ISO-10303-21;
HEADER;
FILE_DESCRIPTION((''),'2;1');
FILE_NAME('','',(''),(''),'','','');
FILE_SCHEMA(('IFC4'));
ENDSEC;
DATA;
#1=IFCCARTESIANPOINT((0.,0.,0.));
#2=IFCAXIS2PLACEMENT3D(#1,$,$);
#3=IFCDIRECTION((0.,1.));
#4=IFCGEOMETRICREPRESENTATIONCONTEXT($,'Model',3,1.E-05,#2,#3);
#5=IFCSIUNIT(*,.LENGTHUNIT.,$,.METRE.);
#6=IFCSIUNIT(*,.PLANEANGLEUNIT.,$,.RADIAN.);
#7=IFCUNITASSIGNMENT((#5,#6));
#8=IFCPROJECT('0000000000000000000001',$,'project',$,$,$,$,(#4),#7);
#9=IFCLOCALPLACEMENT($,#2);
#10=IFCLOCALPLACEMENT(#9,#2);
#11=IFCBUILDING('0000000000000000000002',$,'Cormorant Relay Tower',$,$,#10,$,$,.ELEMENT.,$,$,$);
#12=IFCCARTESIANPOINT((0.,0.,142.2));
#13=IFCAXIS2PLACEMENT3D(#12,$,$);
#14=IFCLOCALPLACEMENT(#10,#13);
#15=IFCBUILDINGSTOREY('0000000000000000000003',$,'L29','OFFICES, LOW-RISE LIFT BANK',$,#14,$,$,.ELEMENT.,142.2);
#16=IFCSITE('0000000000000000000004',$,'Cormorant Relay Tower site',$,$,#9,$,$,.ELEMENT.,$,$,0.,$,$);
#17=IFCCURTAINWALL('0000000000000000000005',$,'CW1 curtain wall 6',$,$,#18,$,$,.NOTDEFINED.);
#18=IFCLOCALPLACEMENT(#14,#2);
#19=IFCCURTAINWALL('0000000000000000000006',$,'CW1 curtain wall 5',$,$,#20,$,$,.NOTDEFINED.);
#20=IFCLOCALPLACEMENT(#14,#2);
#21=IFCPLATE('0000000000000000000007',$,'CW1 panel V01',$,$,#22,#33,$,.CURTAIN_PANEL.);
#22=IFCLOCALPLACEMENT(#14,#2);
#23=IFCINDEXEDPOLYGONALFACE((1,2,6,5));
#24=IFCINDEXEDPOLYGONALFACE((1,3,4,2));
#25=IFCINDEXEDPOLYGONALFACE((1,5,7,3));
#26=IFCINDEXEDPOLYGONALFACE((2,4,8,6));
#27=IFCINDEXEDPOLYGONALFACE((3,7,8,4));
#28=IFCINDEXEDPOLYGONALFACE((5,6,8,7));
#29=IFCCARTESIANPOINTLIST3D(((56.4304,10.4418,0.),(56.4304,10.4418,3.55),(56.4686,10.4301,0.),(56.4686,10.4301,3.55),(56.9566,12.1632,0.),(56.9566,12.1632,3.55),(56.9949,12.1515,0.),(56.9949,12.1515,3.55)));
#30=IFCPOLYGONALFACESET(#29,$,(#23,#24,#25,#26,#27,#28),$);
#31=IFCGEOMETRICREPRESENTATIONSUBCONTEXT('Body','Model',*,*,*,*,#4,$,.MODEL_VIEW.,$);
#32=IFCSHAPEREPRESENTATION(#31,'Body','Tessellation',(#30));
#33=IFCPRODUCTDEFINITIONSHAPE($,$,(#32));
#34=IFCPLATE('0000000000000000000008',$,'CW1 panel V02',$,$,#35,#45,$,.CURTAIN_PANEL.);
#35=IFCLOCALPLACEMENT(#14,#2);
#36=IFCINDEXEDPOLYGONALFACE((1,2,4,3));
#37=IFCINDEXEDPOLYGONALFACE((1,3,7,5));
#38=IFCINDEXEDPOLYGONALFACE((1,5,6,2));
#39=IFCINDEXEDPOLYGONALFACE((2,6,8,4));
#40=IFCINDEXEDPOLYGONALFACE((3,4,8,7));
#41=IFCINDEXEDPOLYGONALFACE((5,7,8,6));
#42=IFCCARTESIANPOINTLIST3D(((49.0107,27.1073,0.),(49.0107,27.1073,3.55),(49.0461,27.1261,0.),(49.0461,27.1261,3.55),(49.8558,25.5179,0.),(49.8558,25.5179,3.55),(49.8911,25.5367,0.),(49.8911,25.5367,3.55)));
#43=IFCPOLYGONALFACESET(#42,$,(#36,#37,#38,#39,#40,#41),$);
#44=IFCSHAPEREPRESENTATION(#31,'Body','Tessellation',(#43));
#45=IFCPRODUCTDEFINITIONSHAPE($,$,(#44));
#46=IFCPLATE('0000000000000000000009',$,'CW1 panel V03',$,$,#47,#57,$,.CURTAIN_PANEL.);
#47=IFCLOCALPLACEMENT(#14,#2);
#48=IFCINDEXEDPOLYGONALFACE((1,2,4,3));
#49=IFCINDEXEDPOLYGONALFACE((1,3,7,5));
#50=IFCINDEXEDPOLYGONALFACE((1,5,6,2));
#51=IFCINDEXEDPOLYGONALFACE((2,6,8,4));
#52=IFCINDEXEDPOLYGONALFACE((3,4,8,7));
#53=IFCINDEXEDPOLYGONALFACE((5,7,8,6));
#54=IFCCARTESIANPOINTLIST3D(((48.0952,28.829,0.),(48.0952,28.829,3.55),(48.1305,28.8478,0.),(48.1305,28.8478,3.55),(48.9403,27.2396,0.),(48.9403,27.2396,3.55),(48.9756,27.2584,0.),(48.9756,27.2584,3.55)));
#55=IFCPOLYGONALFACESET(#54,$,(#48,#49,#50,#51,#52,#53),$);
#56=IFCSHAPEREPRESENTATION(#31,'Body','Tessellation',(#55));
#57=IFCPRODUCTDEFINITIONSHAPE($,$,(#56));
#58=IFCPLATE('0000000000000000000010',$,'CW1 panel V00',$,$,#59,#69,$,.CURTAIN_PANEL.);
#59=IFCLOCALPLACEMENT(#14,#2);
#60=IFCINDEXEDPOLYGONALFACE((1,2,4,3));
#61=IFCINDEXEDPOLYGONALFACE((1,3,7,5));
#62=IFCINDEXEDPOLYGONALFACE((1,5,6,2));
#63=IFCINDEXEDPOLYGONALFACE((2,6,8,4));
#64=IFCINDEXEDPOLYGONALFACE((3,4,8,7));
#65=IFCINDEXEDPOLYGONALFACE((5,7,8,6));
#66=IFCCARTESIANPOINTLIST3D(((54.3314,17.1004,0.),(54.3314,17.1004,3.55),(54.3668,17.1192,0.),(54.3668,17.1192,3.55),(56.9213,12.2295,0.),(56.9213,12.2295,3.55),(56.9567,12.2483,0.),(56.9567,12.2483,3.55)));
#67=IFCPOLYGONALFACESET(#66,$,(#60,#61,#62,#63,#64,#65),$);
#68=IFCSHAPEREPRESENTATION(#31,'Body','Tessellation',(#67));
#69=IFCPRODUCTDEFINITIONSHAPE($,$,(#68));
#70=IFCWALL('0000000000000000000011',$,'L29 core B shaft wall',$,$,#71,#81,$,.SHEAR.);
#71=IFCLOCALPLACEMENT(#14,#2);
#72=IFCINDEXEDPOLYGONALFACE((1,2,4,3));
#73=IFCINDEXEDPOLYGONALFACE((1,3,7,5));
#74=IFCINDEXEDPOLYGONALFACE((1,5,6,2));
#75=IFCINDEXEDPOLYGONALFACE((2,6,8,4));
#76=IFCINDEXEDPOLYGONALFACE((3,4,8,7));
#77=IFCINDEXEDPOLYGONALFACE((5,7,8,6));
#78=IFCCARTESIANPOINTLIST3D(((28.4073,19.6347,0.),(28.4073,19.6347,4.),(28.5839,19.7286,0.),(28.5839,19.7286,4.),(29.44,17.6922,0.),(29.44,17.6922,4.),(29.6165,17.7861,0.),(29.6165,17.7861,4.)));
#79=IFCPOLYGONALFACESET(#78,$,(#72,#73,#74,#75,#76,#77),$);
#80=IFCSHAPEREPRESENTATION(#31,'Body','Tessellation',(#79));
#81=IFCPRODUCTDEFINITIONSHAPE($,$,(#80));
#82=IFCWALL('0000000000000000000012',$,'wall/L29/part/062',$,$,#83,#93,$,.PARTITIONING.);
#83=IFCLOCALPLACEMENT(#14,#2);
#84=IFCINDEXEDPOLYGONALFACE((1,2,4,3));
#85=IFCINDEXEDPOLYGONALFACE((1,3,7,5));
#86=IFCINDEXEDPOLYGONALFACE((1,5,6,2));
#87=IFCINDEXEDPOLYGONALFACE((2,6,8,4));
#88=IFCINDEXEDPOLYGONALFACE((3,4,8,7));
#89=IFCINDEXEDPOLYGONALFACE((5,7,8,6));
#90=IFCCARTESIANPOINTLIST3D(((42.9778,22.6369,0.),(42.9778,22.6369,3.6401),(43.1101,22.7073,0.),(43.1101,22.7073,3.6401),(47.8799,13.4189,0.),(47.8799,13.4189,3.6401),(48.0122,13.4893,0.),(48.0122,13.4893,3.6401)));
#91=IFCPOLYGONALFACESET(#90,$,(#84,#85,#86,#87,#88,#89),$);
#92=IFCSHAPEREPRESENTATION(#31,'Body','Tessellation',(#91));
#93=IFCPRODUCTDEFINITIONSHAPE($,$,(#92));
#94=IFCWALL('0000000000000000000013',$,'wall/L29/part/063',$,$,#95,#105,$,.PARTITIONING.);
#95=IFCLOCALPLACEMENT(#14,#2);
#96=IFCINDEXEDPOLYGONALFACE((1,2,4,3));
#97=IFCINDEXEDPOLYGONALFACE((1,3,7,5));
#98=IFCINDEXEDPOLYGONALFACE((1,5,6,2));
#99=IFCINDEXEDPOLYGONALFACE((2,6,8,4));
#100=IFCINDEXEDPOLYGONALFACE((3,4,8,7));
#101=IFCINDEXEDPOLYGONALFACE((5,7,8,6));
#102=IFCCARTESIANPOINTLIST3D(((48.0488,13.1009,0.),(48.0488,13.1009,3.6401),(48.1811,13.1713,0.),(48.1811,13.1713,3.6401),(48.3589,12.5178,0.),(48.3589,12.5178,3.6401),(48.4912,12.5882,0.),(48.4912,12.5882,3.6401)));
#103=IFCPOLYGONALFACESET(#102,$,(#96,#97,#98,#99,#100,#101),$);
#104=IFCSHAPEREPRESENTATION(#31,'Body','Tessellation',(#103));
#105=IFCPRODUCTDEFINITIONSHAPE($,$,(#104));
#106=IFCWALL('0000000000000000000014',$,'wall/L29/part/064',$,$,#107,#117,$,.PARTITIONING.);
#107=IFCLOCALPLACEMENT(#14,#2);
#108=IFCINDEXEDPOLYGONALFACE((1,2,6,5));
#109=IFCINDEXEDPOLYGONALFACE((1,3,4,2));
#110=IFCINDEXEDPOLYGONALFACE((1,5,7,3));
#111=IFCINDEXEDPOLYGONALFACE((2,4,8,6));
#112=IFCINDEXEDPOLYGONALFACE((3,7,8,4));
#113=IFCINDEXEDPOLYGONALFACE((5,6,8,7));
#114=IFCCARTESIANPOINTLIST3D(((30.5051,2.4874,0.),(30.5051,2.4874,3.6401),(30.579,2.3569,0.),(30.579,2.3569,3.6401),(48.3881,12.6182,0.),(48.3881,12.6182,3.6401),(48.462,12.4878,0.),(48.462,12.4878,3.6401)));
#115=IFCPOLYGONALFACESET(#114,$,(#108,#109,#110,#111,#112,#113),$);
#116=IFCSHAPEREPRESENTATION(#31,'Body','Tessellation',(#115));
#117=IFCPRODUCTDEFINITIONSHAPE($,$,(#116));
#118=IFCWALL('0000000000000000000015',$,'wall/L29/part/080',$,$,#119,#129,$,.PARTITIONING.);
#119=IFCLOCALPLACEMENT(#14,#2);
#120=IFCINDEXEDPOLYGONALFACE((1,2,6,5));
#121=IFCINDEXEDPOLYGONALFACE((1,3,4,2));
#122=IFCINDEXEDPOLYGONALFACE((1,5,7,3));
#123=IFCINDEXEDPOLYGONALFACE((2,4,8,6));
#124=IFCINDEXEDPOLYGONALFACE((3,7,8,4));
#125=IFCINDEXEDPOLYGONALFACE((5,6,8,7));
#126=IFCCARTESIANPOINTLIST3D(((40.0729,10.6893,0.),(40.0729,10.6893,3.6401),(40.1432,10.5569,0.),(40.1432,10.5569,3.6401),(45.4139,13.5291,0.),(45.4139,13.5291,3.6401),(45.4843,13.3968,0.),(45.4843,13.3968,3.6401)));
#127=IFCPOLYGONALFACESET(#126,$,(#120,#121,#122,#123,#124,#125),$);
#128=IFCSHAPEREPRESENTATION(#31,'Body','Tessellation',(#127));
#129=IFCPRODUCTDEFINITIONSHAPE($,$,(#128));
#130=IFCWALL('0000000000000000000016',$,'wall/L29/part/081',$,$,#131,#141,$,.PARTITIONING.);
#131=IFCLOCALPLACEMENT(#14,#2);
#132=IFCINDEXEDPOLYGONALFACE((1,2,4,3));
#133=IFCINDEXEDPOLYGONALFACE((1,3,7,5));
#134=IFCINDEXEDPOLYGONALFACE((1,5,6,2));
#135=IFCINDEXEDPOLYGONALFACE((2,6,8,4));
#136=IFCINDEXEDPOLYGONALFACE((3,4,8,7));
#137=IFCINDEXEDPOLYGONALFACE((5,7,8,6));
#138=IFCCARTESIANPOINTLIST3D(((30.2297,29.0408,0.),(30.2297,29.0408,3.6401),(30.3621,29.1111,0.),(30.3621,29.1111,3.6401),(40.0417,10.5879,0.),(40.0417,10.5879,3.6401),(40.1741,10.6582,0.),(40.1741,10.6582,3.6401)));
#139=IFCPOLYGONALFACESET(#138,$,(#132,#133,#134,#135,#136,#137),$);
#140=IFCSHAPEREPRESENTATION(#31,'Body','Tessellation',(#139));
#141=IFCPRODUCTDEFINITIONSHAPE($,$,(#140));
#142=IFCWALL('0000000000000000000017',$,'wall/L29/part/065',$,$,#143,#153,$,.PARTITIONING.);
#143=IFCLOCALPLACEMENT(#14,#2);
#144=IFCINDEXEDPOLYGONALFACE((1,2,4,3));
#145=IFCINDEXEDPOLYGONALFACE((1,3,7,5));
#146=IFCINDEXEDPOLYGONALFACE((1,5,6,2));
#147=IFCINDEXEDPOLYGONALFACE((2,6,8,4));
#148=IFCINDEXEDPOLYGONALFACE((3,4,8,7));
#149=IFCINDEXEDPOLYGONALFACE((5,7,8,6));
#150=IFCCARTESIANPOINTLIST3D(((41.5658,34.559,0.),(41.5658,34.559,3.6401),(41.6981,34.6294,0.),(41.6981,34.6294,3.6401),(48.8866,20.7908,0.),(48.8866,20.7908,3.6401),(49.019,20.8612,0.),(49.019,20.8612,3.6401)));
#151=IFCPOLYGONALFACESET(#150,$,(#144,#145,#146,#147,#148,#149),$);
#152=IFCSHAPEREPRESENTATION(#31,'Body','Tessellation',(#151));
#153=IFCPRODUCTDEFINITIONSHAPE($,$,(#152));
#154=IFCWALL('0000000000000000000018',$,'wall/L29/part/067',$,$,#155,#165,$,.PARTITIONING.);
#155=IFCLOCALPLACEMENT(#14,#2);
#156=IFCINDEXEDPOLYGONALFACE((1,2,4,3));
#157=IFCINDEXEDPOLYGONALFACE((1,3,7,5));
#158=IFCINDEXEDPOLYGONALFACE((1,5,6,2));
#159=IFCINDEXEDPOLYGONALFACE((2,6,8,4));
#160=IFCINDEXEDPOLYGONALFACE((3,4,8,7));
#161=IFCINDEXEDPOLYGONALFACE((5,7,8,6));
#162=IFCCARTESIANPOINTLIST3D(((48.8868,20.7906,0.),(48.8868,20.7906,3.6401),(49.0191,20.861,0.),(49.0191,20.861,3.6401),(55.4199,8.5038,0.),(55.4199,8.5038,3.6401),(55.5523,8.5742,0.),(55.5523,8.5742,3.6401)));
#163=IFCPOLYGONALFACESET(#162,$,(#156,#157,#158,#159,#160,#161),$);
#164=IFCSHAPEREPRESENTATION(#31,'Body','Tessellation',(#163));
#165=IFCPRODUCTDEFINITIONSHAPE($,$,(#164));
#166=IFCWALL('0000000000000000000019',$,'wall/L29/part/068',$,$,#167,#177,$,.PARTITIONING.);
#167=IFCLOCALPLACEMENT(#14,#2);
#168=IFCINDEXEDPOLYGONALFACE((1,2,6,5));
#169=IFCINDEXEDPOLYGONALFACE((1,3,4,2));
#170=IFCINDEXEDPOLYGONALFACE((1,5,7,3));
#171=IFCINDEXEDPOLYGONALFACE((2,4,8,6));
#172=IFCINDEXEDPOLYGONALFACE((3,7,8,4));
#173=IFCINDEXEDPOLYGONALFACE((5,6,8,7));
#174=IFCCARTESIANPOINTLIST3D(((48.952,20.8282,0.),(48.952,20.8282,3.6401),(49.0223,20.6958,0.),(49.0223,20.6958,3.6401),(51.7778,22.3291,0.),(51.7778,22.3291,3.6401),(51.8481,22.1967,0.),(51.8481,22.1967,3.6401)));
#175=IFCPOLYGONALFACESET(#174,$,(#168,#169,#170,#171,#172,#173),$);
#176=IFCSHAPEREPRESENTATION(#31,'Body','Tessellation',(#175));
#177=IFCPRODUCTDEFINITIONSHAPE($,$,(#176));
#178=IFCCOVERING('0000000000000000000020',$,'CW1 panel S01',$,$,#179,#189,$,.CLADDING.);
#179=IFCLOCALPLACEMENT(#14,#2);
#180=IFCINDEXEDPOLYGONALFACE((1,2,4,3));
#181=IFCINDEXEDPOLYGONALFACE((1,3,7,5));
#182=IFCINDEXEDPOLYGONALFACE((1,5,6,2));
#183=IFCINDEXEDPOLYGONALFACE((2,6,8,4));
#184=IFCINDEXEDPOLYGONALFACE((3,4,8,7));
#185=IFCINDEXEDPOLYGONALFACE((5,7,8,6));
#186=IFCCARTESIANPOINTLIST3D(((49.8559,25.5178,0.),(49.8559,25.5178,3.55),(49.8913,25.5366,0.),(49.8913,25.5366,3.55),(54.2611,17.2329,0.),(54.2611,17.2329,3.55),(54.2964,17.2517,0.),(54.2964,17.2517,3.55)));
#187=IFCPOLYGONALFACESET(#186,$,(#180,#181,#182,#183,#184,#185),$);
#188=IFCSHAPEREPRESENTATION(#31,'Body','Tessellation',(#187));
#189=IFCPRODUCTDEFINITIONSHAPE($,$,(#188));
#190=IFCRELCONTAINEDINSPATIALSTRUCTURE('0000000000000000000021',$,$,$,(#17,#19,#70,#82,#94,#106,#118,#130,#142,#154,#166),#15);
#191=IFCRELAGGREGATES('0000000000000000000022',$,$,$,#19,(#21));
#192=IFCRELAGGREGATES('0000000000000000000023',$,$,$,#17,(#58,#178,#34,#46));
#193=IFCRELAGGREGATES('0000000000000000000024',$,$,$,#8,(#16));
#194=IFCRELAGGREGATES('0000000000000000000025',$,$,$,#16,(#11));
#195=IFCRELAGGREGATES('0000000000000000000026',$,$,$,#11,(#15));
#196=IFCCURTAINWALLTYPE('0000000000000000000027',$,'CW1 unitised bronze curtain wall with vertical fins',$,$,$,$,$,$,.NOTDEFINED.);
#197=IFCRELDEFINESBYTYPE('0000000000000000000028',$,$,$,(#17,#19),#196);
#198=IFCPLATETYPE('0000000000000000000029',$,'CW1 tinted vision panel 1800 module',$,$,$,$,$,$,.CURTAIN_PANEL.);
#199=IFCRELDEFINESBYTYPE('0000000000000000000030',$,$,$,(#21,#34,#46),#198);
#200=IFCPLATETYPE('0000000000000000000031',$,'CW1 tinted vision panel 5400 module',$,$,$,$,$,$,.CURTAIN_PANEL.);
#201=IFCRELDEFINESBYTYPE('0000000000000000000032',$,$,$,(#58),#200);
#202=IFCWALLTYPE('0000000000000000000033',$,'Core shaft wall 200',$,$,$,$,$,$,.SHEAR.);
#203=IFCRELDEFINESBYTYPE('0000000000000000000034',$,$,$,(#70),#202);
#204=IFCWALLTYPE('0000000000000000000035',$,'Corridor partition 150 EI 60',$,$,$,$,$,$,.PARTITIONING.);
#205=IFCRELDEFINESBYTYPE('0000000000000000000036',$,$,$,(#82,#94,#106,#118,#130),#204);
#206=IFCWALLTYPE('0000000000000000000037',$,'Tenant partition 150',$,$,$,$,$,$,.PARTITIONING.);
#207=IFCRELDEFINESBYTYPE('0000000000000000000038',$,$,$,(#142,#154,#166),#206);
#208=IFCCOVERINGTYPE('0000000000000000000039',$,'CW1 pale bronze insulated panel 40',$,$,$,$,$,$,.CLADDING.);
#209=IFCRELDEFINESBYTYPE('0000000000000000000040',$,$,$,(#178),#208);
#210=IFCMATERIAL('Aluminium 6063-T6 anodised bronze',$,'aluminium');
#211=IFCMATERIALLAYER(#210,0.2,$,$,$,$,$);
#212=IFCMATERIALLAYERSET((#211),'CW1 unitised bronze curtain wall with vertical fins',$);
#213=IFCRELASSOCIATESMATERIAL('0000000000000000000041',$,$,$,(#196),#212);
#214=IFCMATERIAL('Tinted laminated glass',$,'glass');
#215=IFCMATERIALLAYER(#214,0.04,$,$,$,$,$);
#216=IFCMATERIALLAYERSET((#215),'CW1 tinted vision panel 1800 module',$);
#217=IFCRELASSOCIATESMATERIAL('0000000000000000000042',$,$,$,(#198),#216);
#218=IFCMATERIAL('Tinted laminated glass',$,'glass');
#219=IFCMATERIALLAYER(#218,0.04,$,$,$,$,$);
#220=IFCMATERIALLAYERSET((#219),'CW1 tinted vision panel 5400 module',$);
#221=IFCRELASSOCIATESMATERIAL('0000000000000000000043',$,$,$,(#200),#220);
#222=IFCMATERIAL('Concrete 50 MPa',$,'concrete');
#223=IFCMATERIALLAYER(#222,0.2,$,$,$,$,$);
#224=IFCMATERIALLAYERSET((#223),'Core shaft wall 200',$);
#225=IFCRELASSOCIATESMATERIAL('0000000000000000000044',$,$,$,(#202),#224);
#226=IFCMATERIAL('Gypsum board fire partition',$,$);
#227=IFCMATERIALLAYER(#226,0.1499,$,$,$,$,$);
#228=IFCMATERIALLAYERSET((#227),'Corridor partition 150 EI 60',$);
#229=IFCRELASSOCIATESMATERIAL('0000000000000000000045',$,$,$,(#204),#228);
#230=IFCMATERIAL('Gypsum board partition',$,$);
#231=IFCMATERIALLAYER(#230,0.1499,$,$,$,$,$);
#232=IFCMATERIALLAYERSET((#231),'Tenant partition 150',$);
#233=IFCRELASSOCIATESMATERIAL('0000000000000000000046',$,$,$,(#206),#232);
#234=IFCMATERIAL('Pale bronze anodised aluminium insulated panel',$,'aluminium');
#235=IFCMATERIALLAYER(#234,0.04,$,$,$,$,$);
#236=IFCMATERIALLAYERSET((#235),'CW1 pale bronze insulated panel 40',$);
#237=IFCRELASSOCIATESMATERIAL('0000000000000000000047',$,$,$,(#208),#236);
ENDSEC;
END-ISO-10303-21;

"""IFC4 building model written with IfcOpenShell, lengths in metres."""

from ifc_helpers import new_model, si_unit, direction, frame, frame_2d, origin, origin_2d, place, context, subcontext, project, spatial, rectangle, extrude, material, layer, layer_set, type_object, element, aggregate, save


model = new_model("IFC4")

# Units and contexts
model_context = context("Model", 3, precision=1e-05, world=origin(), true_north=direction((0.0, 1.0)))
body_context = subcontext(model_context, "Body", "Model", "MODEL_VIEW")
ifc_project = project(units=[si_unit("LENGTHUNIT", "METRE"), si_unit("PLANEANGLEUNIT", "RADIAN")], contexts=[model_context])

# Site, building, storey
site_placement = place(None, origin())
site = spatial("IfcSite", under=ifc_project, at=site_placement, Name="Cormorant Relay Tower site", CompositionType="ELEMENT", RefElevation=0.0)
building_placement = place(site_placement, origin())
building = spatial("IfcBuilding", under=site, at=building_placement, Name="Cormorant Relay Tower", CompositionType="ELEMENT")
storey_placement = place(building_placement, frame((0.0, 0.0, 142.2)))
storey = spatial("IfcBuildingStorey", under=building, at=storey_placement, Name="L29", Description="OFFICES, LOW-RISE LIFT BANK", CompositionType="ELEMENT", Elevation=142.2)

# Curtain wall
ifc_material_1 = material(Name="Aluminium 6063-T6 anodised bronze", Category="aluminium")
ifc_layer_1 = layer(ifc_material_1, 0.2)
ifc_layer_set_1 = layer_set([ifc_layer_1], Name="CW1 unitised bronze curtain wall with vertical fins")
curtain_wall_type = type_object("IfcCurtainWallType", Name="CW1 unitised bronze curtain wall with vertical fins", PredefinedType="NOTDEFINED", material=ifc_layer_set_1)
curtain_wall_1_placement = place(storey_placement, origin())
curtain_wall_1 = element("IfcCurtainWall", 1, at=curtain_wall_1_placement, inside=storey, type_object=curtain_wall_type, Name="CW1 curtain wall 6", PredefinedType="NOTDEFINED")

# Curtain wall, plate
curtain_wall_2_placement = place(storey_placement, origin())
curtain_wall_2 = element("IfcCurtainWall", 2, at=curtain_wall_2_placement, inside=storey, type_object=curtain_wall_type, Name="CW1 curtain wall 5", PredefinedType="NOTDEFINED")
ifc_material_2 = material(Name="Tinted laminated glass", Category="glass")
ifc_layer_2 = layer(ifc_material_2, 0.04)
ifc_layer_set_2 = layer_set([ifc_layer_2], Name="CW1 tinted vision panel 1800 module")
plate_type_1 = type_object("IfcPlateType", Name="CW1 tinted vision panel 1800 module", PredefinedType="CURTAIN_PANEL", material=ifc_layer_set_2)
plate_1_placement = place(storey_placement, frame((56.7126, 11.2966, 0.0), z_axis=(0.0, 0.0, 1.0), x_axis=(0.292372, 0.956305, 0.0)))
plate_1 = element("IfcPlate", 3, at=plate_1_placement, type_object=plate_type_1, Name="CW1 panel V01", PredefinedType="CURTAIN_PANEL", context=body_context, shape_type="SweptSolid", body=[
    extrude(rectangle(XDim=1.8, YDim=0.04, at=origin_2d()), origin(), (0.0, 0.0, 1.0), 3.55),
])
aggregate(curtain_wall_2, [plate_1])

# Plates
plate_2_placement = place(storey_placement, frame((49.4509, 26.322, 0.0), z_axis=(0.0, 0.0, 1.0), x_axis=(-0.469472, 0.882948, 0.0)))
plate_2 = element("IfcPlate", 4, at=plate_2_placement, type_object=plate_type_1, Name="CW1 panel V02", PredefinedType="CURTAIN_PANEL", context=body_context, shape_type="SweptSolid", body=[
    extrude(rectangle(XDim=1.8, YDim=0.04, at=origin_2d()), origin(), (0.0, 0.0, 1.0), 3.55),
])
plate_3_placement = place(storey_placement, frame((48.5354, 28.0437, 0.0), z_axis=(0.0, 0.0, 1.0), x_axis=(-0.469472, 0.882948, 0.0)))
plate_3 = element("IfcPlate", 5, at=plate_3_placement, type_object=plate_type_1, Name="CW1 panel V03", PredefinedType="CURTAIN_PANEL", context=body_context, shape_type="SweptSolid", body=[
    extrude(rectangle(XDim=1.8, YDim=0.04, at=origin_2d()), origin(), (0.0, 0.0, 1.0), 3.55),
])
ifc_material_3 = material(Name="Tinted laminated glass", Category="glass")
ifc_layer_3 = layer(ifc_material_3, 0.04)
ifc_layer_set_3 = layer_set([ifc_layer_3], Name="CW1 tinted vision panel 5400 module")
plate_type_2 = type_object("IfcPlateType", Name="CW1 tinted vision panel 5400 module", PredefinedType="CURTAIN_PANEL", material=ifc_layer_set_3)
plate_4_placement = place(storey_placement, frame((55.644, 14.6743, 0.0), z_axis=(0.0, 0.0, 1.0), x_axis=(-0.469472, 0.882948, 0.0)))
plate_4 = element("IfcPlate", 6, at=plate_4_placement, type_object=plate_type_2, Name="CW1 panel V00", PredefinedType="CURTAIN_PANEL", context=body_context, shape_type="SweptSolid", body=[
    extrude(rectangle(XDim=5.5166, YDim=0.04, at=origin_2d()), origin(), (0.0, 0.0, 1.0), 3.55),
])

# Wall
ifc_material_4 = material(Name="Concrete 50 MPa", Category="concrete")
ifc_layer_4 = layer(ifc_material_4, 0.2)
ifc_layer_set_4 = layer_set([ifc_layer_4], Name="Core shaft wall 200")
wall_type_1 = type_object("IfcWallType", Name="Core shaft wall 200", PredefinedType="SHEAR", material=ifc_layer_set_4)
wall_1_placement = place(storey_placement, frame((29.5283, 17.739, 0.0), z_axis=(0.0, 0.0, 1.0), x_axis=(-0.469401, 0.882985, 0.0)))
element("IfcWall", 7, at=wall_1_placement, inside=storey, type_object=wall_type_1, Name="L29 core B shaft wall", PredefinedType="SHEAR", context=body_context, shape_type="SweptSolid", body=[
    extrude(rectangle(XDim=2.2, YDim=0.2, at=frame_2d((1.1001, 0.0))), origin(), (0.0, 0.0, 1.0), 4.0),
])

# Walls
ifc_material_5 = material(Name="Gypsum board fire partition")
ifc_layer_5 = layer(ifc_material_5, 0.1499)
ifc_layer_set_5 = layer_set([ifc_layer_5], Name="Corridor partition 150 EI 60")
wall_type_2 = type_object("IfcWallType", Name="Corridor partition 150 EI 60", PredefinedType="PARTITIONING", material=ifc_layer_set_5)
wall_2_placement = place(storey_placement, frame((43.0439, 22.6721, 0.0), z_axis=(0.0, 0.0, 1.0), x_axis=(0.469531, -0.882916, 0.0)))
element("IfcWall", 8, at=wall_2_placement, inside=storey, type_object=wall_type_2, Name="wall/L29/part/062", PredefinedType="PARTITIONING", context=body_context, shape_type="SweptSolid", body=[
    extrude(rectangle(XDim=10.4404, YDim=0.1499, at=frame_2d((5.2202, 0.0))), origin(), (0.0, 0.0, 1.0), 3.6401),
])
wall_3_placement = place(storey_placement, frame((48.115, 13.136, 0.0), z_axis=(0.0, 0.0, 1.0), x_axis=(0.469552, -0.882905, 0.0)))
element("IfcWall", 9, at=wall_3_placement, inside=storey, type_object=wall_type_2, Name="wall/L29/part/063", PredefinedType="PARTITIONING", context=body_context, shape_type="SweptSolid", body=[
    extrude(rectangle(XDim=0.6604, YDim=0.1499, at=frame_2d((0.3301, 0.0))), origin(), (0.0, 0.0, 1.0), 3.6401),
])
wall_4_placement = place(storey_placement, frame((48.425, 12.553, 0.0), z_axis=(0.0, 0.0, 1.0), x_axis=(-0.870082, -0.492907, 0.0)))
element("IfcWall", 10, at=wall_4_placement, inside=storey, type_object=wall_type_2, Name="wall/L29/part/064", PredefinedType="PARTITIONING", context=body_context, shape_type="SweptSolid", body=[
    extrude(rectangle(XDim=20.5532, YDim=0.1499, at=frame_2d((10.2766, 0.0))), origin(), (0.0, 0.0, 1.0), 3.6401),
])
wall_5_placement = place(storey_placement, frame((45.449, 13.4629, 0.0), z_axis=(0.0, 0.0, 1.0), x_axis=(-0.882951, -0.469465, 0.0)))
element("IfcWall", 11, at=wall_5_placement, inside=storey, type_object=wall_type_2, Name="wall/L29/part/080", PredefinedType="PARTITIONING", context=body_context, shape_type="SweptSolid", body=[
    extrude(rectangle(XDim=6.0491, YDim=0.1499, at=frame_2d((3.0244, 0.0))), origin(), (0.0, 0.0, 1.0), 3.6401),
])
wall_6_placement = place(storey_placement, frame((40.1079, 10.623, 0.0), z_axis=(0.0, 0.0, 1.0), x_axis=(-0.469488, 0.882939, 0.0)))
element("IfcWall", 12, at=wall_6_placement, inside=storey, type_object=wall_type_2, Name="wall/L29/part/081", PredefinedType="PARTITIONING", context=body_context, shape_type="SweptSolid", body=[
    extrude(rectangle(XDim=20.8994, YDim=0.1499, at=frame_2d((10.4497, 0.0))), origin(), (0.0, 0.0, 1.0), 3.6401),
])
ifc_material_6 = material(Name="Gypsum board partition")
ifc_layer_6 = layer(ifc_material_6, 0.1499)
ifc_layer_set_6 = layer_set([ifc_layer_6], Name="Tenant partition 150")
wall_type_3 = type_object("IfcWallType", Name="Tenant partition 150", PredefinedType="PARTITIONING", material=ifc_layer_set_6)
wall_7_placement = place(storey_placement, frame((48.9529, 20.8259, 0.0), z_axis=(0.0, 0.0, 1.0), x_axis=(-0.469481, 0.882943, 0.0)))
element("IfcWall", 13, at=wall_7_placement, inside=storey, type_object=wall_type_3, Name="wall/L29/part/065", PredefinedType="PARTITIONING", context=body_context, shape_type="SweptSolid", body=[
    extrude(rectangle(XDim=15.5935, YDim=0.1499, at=frame_2d((7.7969, 0.0))), origin(), (0.0, 0.0, 1.0), 3.6401),
])
wall_8_placement = place(storey_placement, frame((48.9529, 20.8259, 0.0), z_axis=(0.0, 0.0, 1.0), x_axis=(0.469481, -0.882943, 0.0)))
element("IfcWall", 14, at=wall_8_placement, inside=storey, type_object=wall_type_3, Name="wall/L29/part/067", PredefinedType="PARTITIONING", context=body_context, shape_type="SweptSolid", body=[
    extrude(rectangle(XDim=13.9158, YDim=0.1499, at=frame_2d((6.958, 0.0))), origin(), (0.0, 0.0, 1.0), 3.6401),
])
wall_9_placement = place(storey_placement, frame((51.813, 22.2629, 0.0), z_axis=(0.0, 0.0, 1.0), x_axis=(-0.883154, -0.469083, 0.0)))
element("IfcWall", 15, at=wall_9_placement, inside=storey, type_object=wall_type_3, Name="wall/L29/part/068", PredefinedType="PARTITIONING", context=body_context, shape_type="SweptSolid", body=[
    extrude(rectangle(XDim=3.1997, YDim=0.1499, at=frame_2d((1.5999, 0.0))), origin(), (0.0, 0.0, 1.0), 3.6401),
])

# Covering
ifc_material_7 = material(Name="Pale bronze anodised aluminium insulated panel", Category="aluminium")
ifc_layer_7 = layer(ifc_material_7, 0.04)
ifc_layer_set_7 = layer_set([ifc_layer_7], Name="CW1 pale bronze insulated panel 40")
covering_type = type_object("IfcCoveringType", Name="CW1 pale bronze insulated panel 40", PredefinedType="CLADDING", material=ifc_layer_set_7)
covering_placement = place(storey_placement, frame((52.0762, 21.3848, 0.0), z_axis=(0.0, 0.0, 1.0), x_axis=(-0.469472, 0.882948, 0.0)))
covering = element("IfcCovering", 16, at=covering_placement, type_object=covering_type, Name="CW1 panel S01", PredefinedType="CLADDING", context=body_context, shape_type="SweptSolid", body=[
    extrude(rectangle(XDim=9.3833, YDim=0.04, at=origin_2d()), origin(), (0.0, 0.0, 1.0), 3.55),
])
aggregate(curtain_wall_1, [plate_4, covering, plate_2, plate_3])

save(model, "model.ifc")
